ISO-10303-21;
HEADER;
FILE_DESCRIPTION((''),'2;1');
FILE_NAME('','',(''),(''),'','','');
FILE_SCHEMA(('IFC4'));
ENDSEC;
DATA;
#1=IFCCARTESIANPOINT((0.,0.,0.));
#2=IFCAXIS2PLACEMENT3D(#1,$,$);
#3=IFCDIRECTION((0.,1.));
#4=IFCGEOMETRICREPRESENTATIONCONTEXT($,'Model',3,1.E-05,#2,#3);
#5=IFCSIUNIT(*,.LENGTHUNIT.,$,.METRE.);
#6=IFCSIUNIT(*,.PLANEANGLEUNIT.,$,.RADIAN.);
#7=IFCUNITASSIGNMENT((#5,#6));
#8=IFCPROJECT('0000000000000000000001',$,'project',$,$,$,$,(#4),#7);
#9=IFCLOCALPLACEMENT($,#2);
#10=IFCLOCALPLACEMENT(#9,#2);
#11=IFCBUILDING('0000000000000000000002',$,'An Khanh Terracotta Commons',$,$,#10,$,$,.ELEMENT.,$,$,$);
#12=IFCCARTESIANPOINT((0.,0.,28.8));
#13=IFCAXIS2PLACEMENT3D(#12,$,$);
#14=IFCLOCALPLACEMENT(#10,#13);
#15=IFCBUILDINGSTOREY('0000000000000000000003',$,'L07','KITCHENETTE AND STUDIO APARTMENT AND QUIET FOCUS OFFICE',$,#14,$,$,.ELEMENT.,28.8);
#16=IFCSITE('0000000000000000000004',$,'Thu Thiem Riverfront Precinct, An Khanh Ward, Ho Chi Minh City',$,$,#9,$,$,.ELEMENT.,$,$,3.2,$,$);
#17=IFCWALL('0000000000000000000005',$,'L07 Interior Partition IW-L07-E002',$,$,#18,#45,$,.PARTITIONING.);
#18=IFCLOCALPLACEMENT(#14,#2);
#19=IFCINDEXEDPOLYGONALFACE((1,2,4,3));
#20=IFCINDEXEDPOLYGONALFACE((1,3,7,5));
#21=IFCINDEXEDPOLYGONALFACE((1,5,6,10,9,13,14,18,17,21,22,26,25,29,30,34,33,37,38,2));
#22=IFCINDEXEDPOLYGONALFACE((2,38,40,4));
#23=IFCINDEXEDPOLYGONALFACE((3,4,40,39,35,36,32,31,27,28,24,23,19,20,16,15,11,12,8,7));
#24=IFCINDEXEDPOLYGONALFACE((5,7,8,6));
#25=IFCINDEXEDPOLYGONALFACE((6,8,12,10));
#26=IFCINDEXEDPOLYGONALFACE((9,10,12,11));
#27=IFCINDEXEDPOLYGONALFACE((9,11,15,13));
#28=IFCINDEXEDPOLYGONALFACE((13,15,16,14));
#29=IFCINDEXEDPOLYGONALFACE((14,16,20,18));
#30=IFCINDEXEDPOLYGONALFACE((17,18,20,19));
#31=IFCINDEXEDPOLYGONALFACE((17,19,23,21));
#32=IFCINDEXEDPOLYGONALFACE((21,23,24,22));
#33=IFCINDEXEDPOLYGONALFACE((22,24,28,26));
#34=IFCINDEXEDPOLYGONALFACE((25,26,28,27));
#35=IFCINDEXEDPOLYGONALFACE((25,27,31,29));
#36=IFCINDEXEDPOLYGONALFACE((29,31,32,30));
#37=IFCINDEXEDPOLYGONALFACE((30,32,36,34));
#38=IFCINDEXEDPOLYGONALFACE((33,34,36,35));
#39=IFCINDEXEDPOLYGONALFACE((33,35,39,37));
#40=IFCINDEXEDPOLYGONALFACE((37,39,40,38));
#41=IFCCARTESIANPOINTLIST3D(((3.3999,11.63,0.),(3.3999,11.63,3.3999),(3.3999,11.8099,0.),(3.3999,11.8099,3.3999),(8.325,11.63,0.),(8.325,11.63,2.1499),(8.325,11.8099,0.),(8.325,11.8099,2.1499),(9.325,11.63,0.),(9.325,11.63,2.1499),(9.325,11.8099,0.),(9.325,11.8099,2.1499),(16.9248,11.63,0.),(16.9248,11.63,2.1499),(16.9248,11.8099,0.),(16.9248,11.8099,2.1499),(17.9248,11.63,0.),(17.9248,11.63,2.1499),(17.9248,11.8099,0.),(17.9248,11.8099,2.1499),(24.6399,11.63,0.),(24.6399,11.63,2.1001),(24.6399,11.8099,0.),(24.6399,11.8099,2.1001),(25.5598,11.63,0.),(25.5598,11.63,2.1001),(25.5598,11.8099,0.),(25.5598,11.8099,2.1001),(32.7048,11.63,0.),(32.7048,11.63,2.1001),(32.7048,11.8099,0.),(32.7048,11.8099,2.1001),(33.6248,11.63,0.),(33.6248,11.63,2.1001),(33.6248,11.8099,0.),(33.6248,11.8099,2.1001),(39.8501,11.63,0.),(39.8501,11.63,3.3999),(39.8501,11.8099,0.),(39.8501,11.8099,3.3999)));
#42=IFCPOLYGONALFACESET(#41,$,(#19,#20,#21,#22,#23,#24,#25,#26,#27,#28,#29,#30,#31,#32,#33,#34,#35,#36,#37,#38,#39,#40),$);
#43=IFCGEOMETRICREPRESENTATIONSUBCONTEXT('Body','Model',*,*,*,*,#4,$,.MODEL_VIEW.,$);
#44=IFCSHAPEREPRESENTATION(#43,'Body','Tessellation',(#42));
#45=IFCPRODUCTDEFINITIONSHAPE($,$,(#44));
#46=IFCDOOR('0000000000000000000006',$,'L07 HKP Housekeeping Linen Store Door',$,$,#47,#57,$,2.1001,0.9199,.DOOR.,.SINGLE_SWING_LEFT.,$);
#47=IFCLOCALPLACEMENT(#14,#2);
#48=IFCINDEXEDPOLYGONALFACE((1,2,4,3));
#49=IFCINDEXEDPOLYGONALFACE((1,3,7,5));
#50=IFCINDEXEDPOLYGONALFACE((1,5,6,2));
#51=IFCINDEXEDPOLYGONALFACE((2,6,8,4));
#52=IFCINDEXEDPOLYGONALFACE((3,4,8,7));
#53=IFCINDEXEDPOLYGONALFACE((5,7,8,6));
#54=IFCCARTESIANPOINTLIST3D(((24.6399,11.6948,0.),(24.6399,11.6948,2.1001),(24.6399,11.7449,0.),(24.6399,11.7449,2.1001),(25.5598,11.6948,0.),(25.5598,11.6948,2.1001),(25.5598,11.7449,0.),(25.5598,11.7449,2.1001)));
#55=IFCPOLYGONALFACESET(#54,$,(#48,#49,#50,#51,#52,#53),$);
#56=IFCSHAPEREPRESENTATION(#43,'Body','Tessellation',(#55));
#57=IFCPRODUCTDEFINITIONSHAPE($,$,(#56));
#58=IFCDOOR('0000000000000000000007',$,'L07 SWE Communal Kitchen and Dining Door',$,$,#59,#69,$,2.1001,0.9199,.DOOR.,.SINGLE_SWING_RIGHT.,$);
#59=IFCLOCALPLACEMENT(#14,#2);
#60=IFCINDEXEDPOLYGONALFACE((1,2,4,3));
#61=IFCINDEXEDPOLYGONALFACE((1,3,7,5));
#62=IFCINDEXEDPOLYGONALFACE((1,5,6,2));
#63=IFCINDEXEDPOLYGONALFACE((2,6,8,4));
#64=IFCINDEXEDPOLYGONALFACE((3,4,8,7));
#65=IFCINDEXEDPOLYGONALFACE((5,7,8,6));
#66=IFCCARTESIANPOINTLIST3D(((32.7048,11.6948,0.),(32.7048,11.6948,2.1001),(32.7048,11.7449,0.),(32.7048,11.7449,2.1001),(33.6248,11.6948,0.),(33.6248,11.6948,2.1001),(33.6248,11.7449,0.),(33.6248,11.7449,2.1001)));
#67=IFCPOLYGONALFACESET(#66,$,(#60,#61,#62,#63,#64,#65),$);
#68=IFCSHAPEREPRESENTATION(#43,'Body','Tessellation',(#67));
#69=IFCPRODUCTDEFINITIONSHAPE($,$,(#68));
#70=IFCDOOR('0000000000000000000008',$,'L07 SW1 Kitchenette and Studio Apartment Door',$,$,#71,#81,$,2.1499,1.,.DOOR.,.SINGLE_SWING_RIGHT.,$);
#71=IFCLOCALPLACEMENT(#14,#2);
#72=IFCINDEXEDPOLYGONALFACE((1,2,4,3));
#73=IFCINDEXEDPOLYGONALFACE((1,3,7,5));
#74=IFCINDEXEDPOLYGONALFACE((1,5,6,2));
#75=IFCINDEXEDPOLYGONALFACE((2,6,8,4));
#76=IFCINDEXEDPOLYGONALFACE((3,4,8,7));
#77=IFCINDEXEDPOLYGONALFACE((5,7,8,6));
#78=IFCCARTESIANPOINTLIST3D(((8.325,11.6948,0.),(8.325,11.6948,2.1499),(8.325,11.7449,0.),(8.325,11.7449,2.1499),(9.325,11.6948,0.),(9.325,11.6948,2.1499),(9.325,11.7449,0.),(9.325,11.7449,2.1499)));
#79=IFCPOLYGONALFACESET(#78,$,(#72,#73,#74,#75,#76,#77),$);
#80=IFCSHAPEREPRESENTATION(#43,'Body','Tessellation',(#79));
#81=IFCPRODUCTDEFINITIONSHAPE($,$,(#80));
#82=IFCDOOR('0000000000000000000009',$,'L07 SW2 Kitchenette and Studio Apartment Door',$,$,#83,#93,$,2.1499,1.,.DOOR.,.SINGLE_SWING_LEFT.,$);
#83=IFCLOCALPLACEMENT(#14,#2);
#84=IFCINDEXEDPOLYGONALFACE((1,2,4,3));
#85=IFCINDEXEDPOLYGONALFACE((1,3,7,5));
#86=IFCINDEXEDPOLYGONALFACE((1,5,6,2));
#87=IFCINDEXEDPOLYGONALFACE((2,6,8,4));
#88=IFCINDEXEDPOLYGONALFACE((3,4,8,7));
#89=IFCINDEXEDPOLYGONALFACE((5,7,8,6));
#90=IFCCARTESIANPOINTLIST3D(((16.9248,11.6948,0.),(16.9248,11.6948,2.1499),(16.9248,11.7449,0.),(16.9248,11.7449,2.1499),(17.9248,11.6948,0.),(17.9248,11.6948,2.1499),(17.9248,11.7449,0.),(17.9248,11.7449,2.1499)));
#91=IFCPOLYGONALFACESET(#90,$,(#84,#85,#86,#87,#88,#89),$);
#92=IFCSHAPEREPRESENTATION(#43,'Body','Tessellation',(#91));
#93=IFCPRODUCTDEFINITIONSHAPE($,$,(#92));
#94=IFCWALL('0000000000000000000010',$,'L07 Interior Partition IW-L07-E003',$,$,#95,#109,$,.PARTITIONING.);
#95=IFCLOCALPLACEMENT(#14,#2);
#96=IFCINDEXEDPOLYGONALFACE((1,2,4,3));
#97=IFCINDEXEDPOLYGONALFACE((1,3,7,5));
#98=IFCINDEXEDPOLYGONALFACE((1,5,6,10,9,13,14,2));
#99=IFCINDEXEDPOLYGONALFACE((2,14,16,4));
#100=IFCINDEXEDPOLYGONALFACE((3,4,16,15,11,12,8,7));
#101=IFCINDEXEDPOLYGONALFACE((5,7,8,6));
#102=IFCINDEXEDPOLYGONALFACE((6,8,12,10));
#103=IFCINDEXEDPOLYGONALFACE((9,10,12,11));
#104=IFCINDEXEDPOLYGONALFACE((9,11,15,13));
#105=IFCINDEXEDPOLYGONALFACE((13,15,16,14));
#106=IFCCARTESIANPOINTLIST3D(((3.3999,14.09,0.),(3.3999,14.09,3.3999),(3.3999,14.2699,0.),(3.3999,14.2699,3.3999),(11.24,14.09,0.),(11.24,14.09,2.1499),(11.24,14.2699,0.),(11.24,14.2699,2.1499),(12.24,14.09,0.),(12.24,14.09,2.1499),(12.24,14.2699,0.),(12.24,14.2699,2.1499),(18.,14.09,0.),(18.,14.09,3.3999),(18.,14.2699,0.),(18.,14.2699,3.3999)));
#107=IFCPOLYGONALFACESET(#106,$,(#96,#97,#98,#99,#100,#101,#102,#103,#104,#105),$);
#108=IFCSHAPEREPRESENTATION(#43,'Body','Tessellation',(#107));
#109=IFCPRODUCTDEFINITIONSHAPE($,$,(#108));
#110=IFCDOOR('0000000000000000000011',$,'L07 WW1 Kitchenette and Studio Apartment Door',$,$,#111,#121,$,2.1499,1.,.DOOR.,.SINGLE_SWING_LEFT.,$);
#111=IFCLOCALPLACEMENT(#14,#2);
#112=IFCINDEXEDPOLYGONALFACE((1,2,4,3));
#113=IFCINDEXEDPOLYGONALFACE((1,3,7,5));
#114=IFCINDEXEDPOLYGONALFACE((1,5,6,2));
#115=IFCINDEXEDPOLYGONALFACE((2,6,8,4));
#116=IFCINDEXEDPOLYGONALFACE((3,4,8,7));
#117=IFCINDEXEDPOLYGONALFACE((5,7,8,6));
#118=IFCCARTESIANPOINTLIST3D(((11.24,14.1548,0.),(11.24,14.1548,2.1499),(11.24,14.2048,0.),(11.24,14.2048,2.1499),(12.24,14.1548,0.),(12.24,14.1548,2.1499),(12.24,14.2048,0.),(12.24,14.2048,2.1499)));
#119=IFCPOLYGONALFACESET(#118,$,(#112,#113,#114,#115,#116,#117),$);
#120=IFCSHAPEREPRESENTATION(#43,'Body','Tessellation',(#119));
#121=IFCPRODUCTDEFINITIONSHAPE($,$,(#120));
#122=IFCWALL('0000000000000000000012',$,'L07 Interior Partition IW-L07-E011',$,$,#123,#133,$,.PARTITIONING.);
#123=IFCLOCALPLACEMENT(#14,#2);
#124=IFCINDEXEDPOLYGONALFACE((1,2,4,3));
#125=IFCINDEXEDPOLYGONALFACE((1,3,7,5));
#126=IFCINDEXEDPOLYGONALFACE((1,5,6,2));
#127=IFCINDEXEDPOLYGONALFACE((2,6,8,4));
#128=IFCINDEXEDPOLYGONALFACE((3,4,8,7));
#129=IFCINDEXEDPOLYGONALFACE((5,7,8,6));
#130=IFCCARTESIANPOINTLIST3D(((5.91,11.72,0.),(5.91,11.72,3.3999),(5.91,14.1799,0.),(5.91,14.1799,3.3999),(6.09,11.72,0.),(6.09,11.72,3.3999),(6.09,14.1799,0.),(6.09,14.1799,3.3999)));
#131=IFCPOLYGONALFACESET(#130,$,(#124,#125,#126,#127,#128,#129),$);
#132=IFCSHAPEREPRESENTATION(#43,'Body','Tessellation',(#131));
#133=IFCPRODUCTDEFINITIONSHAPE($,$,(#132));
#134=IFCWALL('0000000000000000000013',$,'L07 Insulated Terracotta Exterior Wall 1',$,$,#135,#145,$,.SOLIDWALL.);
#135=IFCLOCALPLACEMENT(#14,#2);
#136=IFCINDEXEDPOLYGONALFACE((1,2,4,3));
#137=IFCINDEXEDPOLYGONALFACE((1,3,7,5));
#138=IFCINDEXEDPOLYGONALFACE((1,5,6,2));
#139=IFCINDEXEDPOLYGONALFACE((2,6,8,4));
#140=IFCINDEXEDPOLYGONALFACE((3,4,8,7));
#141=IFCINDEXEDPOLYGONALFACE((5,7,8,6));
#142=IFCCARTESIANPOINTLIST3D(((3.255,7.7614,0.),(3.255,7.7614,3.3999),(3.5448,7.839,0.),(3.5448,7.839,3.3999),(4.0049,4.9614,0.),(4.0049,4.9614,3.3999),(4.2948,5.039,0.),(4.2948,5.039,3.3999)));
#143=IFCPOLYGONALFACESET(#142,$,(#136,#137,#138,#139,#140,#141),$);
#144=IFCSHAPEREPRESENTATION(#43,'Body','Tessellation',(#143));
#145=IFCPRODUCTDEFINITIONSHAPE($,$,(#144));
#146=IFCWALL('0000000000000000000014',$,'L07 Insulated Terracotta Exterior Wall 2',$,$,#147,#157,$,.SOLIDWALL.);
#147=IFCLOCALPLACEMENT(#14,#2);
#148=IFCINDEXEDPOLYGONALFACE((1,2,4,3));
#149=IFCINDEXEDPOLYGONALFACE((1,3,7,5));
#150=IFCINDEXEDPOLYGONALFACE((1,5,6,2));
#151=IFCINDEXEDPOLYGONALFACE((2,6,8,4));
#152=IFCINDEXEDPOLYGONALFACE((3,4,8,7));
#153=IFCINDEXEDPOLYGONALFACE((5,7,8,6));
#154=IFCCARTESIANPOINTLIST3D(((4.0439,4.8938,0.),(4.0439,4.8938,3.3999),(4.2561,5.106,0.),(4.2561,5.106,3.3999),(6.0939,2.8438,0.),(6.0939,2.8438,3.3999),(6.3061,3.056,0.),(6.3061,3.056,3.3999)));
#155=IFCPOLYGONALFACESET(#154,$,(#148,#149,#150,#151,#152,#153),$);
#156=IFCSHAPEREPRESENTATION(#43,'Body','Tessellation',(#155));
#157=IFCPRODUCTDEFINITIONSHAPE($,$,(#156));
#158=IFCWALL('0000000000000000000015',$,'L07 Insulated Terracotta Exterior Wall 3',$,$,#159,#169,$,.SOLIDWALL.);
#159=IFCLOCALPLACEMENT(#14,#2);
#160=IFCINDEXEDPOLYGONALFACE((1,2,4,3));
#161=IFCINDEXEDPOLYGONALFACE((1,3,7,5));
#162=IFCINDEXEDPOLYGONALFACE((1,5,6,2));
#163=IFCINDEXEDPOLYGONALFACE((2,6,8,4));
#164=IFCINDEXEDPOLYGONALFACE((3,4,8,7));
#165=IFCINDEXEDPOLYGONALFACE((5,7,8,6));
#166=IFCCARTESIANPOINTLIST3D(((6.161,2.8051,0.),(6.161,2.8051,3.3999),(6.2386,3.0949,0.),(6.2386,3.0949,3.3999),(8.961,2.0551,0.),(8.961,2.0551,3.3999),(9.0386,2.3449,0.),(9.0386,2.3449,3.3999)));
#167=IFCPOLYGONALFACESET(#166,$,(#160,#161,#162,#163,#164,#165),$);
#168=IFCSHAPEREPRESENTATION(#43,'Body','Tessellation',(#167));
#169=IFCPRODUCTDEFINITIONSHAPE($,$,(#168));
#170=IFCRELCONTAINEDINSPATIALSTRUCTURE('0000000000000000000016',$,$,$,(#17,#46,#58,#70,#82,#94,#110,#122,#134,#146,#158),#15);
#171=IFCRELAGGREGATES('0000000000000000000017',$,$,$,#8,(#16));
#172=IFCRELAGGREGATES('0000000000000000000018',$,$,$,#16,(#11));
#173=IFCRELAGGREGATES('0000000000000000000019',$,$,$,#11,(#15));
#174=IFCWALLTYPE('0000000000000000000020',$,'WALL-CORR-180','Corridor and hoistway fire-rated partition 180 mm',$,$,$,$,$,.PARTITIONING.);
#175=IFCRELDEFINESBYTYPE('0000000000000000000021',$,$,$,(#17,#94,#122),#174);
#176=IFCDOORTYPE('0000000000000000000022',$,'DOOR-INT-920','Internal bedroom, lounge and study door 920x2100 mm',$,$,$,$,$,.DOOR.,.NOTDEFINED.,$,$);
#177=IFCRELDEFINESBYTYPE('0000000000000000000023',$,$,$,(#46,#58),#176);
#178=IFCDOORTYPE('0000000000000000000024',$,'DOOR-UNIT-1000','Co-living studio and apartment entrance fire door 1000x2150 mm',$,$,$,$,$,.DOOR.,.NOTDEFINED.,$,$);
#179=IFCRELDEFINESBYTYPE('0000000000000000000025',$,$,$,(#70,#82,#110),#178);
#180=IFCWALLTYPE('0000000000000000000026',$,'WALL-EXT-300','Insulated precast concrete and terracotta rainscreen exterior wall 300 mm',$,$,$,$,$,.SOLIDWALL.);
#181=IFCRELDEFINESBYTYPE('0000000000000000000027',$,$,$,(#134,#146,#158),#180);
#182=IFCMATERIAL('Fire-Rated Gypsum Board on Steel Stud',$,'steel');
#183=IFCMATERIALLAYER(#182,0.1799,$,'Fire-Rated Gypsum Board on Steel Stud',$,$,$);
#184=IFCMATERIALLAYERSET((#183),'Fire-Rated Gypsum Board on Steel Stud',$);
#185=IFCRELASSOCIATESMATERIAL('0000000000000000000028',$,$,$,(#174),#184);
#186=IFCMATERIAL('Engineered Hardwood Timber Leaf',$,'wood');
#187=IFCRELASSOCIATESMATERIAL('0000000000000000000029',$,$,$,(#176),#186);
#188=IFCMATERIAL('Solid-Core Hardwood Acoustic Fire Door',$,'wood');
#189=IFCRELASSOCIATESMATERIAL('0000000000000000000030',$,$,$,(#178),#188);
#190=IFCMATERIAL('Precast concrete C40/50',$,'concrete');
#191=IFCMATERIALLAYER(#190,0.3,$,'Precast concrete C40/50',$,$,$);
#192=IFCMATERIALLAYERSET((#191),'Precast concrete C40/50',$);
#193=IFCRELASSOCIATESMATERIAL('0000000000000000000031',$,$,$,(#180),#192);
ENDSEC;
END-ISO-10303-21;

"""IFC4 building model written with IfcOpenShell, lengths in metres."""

from ifc_helpers import new_model, si_unit, direction, frame, frame_2d, origin, place, context, subcontext, project, spatial, rectangle, extrude, material, layer, layer_set, type_object, element, fill, save


model = new_model("IFC4")

# Units and contexts
model_context = context("Model", 3, precision=1e-05, world=origin(), true_north=direction((0.0, 1.0)))
body_context = subcontext(model_context, "Body", "Model", "MODEL_VIEW")
ifc_project = project(units=[si_unit("LENGTHUNIT", "METRE"), si_unit("PLANEANGLEUNIT", "RADIAN")], contexts=[model_context])

# Site, building, storey
site_placement = place(None, origin())
site = spatial("IfcSite", under=ifc_project, at=site_placement, Name="Thu Thiem Riverfront Precinct, An Khanh Ward, Ho Chi Minh City", CompositionType="ELEMENT", RefElevation=3.2)
building_placement = place(site_placement, origin())
building = spatial("IfcBuilding", under=site, at=building_placement, Name="An Khanh Terracotta Commons", CompositionType="ELEMENT")
storey_placement = place(building_placement, frame((0.0, 0.0, 28.8)))
storey = spatial("IfcBuildingStorey", under=building, at=storey_placement, Name="L07", Description="KITCHENETTE AND STUDIO APARTMENT AND QUIET FOCUS OFFICE", CompositionType="ELEMENT", Elevation=28.8)

# Shared definitions
ifc_material_1 = material(Name="Precast concrete C40/50", Category="concrete")

# Wall, openings, doors
ifc_material_2 = material(Name="Fire-Rated Gypsum Board on Steel Stud", Category="steel")
ifc_layer_1 = layer(ifc_material_2, 0.1799, Name="Fire-Rated Gypsum Board on Steel Stud")
ifc_layer_set_1 = layer_set([ifc_layer_1], Name="Fire-Rated Gypsum Board on Steel Stud")
wall_type_1 = type_object("IfcWallType", Name="WALL-CORR-180", Description="Corridor and hoistway fire-rated partition 180 mm", PredefinedType="PARTITIONING", material=ifc_layer_set_1)
wall_1_placement = place(storey_placement, frame((3.3999, 11.72, 0.0), z_axis=(0.0, 0.0, 1.0), x_axis=(1.0, 0.0, 0.0)))
wall_1 = element("IfcWall", 1, at=wall_1_placement, inside=storey, type_object=wall_type_1, Name="L07 Interior Partition IW-L07-E002", PredefinedType="PARTITIONING", context=body_context, shape_type="SweptSolid", body=[
    extrude(rectangle(XDim=36.4502, YDim=0.1799, at=frame_2d((18.2251, 0.0))), origin(), (0.0, 0.0, 1.0), 3.3999),
])
opening_1_placement = place(wall_1_placement, frame((21.24, 0.0, 0.0)))
opening_1 = element("IfcOpeningElement", 2, at=opening_1_placement, cuts=wall_1, PredefinedType="OPENING", context=body_context, shape_type="SweptSolid", body=[
    extrude(rectangle(XDim=0.9199, YDim=2.1001, at=frame_2d((0.46, 1.05))), frame((0.0, 0.0999, 0.0), z_axis=(0.0, -1.0, 0.0), x_axis=(1.0, 0.0, 0.0)), (0.0, 0.0, 1.0), 0.2),
])
opening_2_placement = place(wall_1_placement, frame((4.925, 0.0, 0.0)))
opening_2 = element("IfcOpeningElement", 3, at=opening_2_placement, cuts=wall_1, PredefinedType="OPENING", context=body_context, shape_type="SweptSolid", body=[
    extrude(rectangle(XDim=1.0, YDim=2.1499, at=frame_2d((0.5, 1.075))), frame((0.0, 0.0999, 0.0), z_axis=(0.0, -1.0, 0.0), x_axis=(1.0, 0.0, 0.0)), (0.0, 0.0, 1.0), 0.2),
])
opening_3_placement = place(wall_1_placement, frame((13.5249, 0.0, 0.0)))
opening_3 = element("IfcOpeningElement", 4, at=opening_3_placement, cuts=wall_1, PredefinedType="OPENING", context=body_context, shape_type="SweptSolid", body=[
    extrude(rectangle(XDim=1.0, YDim=2.1499, at=frame_2d((0.5, 1.075))), frame((0.0, 0.0999, 0.0), z_axis=(0.0, -1.0, 0.0), x_axis=(1.0, 0.0, 0.0)), (0.0, 0.0, 1.0), 0.2),
])
opening_4_placement = place(wall_1_placement, frame((29.3049, 0.0, 0.0)))
opening_4 = element("IfcOpeningElement", 5, at=opening_4_placement, cuts=wall_1, PredefinedType="OPENING", context=body_context, shape_type="SweptSolid", body=[
    extrude(rectangle(XDim=0.9199, YDim=2.1001, at=frame_2d((0.46, 1.05))), frame((0.0, 0.0999, 0.0), z_axis=(0.0, -1.0, 0.0), x_axis=(1.0, 0.0, 0.0)), (0.0, 0.0, 1.0), 0.2),
])
ifc_material_3 = material(Name="Engineered Hardwood Timber Leaf", Category="wood")
door_type_1 = type_object("IfcDoorType", Name="DOOR-INT-920", Description="Internal bedroom, lounge and study door 920x2100 mm", OperationType="NOTDEFINED", PredefinedType="DOOR", material=ifc_material_3)
door_1_placement = place(opening_1_placement, origin())
door_1 = element("IfcDoor", 6, at=door_1_placement, inside=storey, type_object=door_type_1, Name="L07 HKP Housekeeping Linen Store Door", OperationType="SINGLE_SWING_LEFT", OverallHeight=2.1001, OverallWidth=0.9199, PredefinedType="DOOR", context=body_context, shape_type="SweptSolid", body=[
    extrude(rectangle(XDim=0.9199, YDim=2.1001, at=frame_2d((0.46, 1.05))), frame((0.0, 0.0249, 0.0), z_axis=(0.0, -1.0, 0.0), x_axis=(1.0, 0.0, 0.0)), (0.0, 0.0, 1.0), 0.05),
])
fill(opening_1, door_1)
door_2_placement = place(opening_4_placement, origin())
door_2 = element("IfcDoor", 7, at=door_2_placement, inside=storey, type_object=door_type_1, Name="L07 SWE Communal Kitchen and Dining Door", OperationType="SINGLE_SWING_RIGHT", OverallHeight=2.1001, OverallWidth=0.9199, PredefinedType="DOOR", context=body_context, shape_type="SweptSolid", body=[
    extrude(rectangle(XDim=0.9199, YDim=2.1001, at=frame_2d((0.46, 1.05))), frame((0.0, 0.0249, 0.0), z_axis=(0.0, -1.0, 0.0), x_axis=(1.0, 0.0, 0.0)), (0.0, 0.0, 1.0), 0.05),
])
fill(opening_4, door_2)
ifc_material_4 = material(Name="Solid-Core Hardwood Acoustic Fire Door", Category="wood")
door_type_2 = type_object("IfcDoorType", Name="DOOR-UNIT-1000", Description="Co-living studio and apartment entrance fire door 1000x2150 mm", OperationType="NOTDEFINED", PredefinedType="DOOR", material=ifc_material_4)
door_3_placement = place(opening_2_placement, origin())
door_3 = element("IfcDoor", 8, at=door_3_placement, inside=storey, type_object=door_type_2, Name="L07 SW1 Kitchenette and Studio Apartment Door", OperationType="SINGLE_SWING_RIGHT", OverallHeight=2.1499, OverallWidth=1.0, PredefinedType="DOOR", context=body_context, shape_type="SweptSolid", body=[
    extrude(rectangle(XDim=1.0, YDim=2.1499, at=frame_2d((0.5, 1.075))), frame((0.0, 0.0249, 0.0), z_axis=(0.0, -1.0, 0.0), x_axis=(1.0, 0.0, 0.0)), (0.0, 0.0, 1.0), 0.05),
])
fill(opening_2, door_3)
door_4_placement = place(opening_3_placement, origin())
door_4 = element("IfcDoor", 9, at=door_4_placement, inside=storey, type_object=door_type_2, Name="L07 SW2 Kitchenette and Studio Apartment Door", OperationType="SINGLE_SWING_LEFT", OverallHeight=2.1499, OverallWidth=1.0, PredefinedType="DOOR", context=body_context, shape_type="SweptSolid", body=[
    extrude(rectangle(XDim=1.0, YDim=2.1499, at=frame_2d((0.5, 1.075))), frame((0.0, 0.0249, 0.0), z_axis=(0.0, -1.0, 0.0), x_axis=(1.0, 0.0, 0.0)), (0.0, 0.0, 1.0), 0.05),
])
fill(opening_3, door_4)

# Wall, opening, door
wall_2_placement = place(storey_placement, frame((3.3999, 14.1799, 0.0), z_axis=(0.0, 0.0, 1.0), x_axis=(1.0, 0.0, 0.0)))
wall_2 = element("IfcWall", 10, at=wall_2_placement, inside=storey, type_object=wall_type_1, Name="L07 Interior Partition IW-L07-E003", PredefinedType="PARTITIONING", context=body_context, shape_type="SweptSolid", body=[
    extrude(rectangle(XDim=14.6001, YDim=0.1799, at=frame_2d((7.3, 0.0))), origin(), (0.0, 0.0, 1.0), 3.3999),
])
opening_5_placement = place(wall_2_placement, frame((7.8401, 0.0, 0.0)))
opening_5 = element("IfcOpeningElement", 11, at=opening_5_placement, cuts=wall_2, PredefinedType="OPENING", context=body_context, shape_type="SweptSolid", body=[
    extrude(rectangle(XDim=1.0, YDim=2.1499, at=frame_2d((0.5, 1.075))), frame((0.0, 0.0999, 0.0), z_axis=(0.0, -1.0, 0.0), x_axis=(1.0, 0.0, 0.0)), (0.0, 0.0, 1.0), 0.2),
])
door_5_placement = place(opening_5_placement, origin())
door_5 = element("IfcDoor", 12, at=door_5_placement, inside=storey, type_object=door_type_2, Name="L07 WW1 Kitchenette and Studio Apartment Door", OperationType="SINGLE_SWING_LEFT", OverallHeight=2.1499, OverallWidth=1.0, PredefinedType="DOOR", context=body_context, shape_type="SweptSolid", body=[
    extrude(rectangle(XDim=1.0, YDim=2.1499, at=frame_2d((0.5, 1.075))), frame((0.0, 0.0249, 0.0), z_axis=(0.0, -1.0, 0.0), x_axis=(1.0, 0.0, 0.0)), (0.0, 0.0, 1.0), 0.05),
])
fill(opening_5, door_5)

# Walls
wall_3_placement = place(storey_placement, frame((6.0, 11.72, 0.0), z_axis=(0.0, 0.0, 1.0), x_axis=(0.0, 1.0, 0.0)))
element("IfcWall", 13, at=wall_3_placement, inside=storey, type_object=wall_type_1, Name="L07 Interior Partition IW-L07-E011", PredefinedType="PARTITIONING", context=body_context, shape_type="SweptSolid", body=[
    extrude(rectangle(XDim=2.46, YDim=0.1799, at=frame_2d((1.23, 0.0))), origin(), (0.0, 0.0, 1.0), 3.3999),
])
ifc_layer_2 = layer(ifc_material_1, 0.3, Name="Precast concrete C40/50")
ifc_layer_set_2 = layer_set([ifc_layer_2], Name="Precast concrete C40/50")
wall_type_2 = type_object("IfcWallType", Name="WALL-EXT-300", Description="Insulated precast concrete and terracotta rainscreen exterior wall 300 mm", PredefinedType="SOLIDWALL", material=ifc_layer_set_2)
wall_4_placement = place(storey_placement, frame((3.3999, 7.8, 0.0), z_axis=(0.0, 0.0, 1.0), x_axis=(0.258732, -0.965949, 0.0)))
element("IfcWall", 14, at=wall_4_placement, inside=storey, type_object=wall_type_2, Name="L07 Insulated Terracotta Exterior Wall 1", PredefinedType="SOLIDWALL", context=body_context, shape_type="SweptSolid", body=[
    extrude(rectangle(XDim=2.8987, YDim=0.3, at=frame_2d((1.4492, 0.0))), origin(), (0.0, 0.0, 1.0), 3.3999),
])
wall_5_placement = place(storey_placement, frame((4.1499, 5.0, 0.0), z_axis=(0.0, 0.0, 1.0), x_axis=(0.707107, -0.707107, 0.0)))
element("IfcWall", 15, at=wall_5_placement, inside=storey, type_object=wall_type_2, Name="L07 Insulated Terracotta Exterior Wall 2", PredefinedType="SOLIDWALL", context=body_context, shape_type="SweptSolid", body=[
    extrude(rectangle(XDim=2.8992, YDim=0.3, at=frame_2d((1.4497, 0.0))), origin(), (0.0, 0.0, 1.0), 3.3999),
])
wall_6_placement = place(storey_placement, frame((6.2, 2.95, 0.0), z_axis=(0.0, 0.0, 1.0), x_axis=(0.965949, -0.258732, 0.0)))
element("IfcWall", 16, at=wall_6_placement, inside=storey, type_object=wall_type_2, Name="L07 Insulated Terracotta Exterior Wall 3", PredefinedType="SOLIDWALL", context=body_context, shape_type="SweptSolid", body=[
    extrude(rectangle(XDim=2.8987, YDim=0.3, at=frame_2d((1.4492, 0.0))), origin(), (0.0, 0.0, 1.0), 3.3999),
])

save(model, "model.ifc")
